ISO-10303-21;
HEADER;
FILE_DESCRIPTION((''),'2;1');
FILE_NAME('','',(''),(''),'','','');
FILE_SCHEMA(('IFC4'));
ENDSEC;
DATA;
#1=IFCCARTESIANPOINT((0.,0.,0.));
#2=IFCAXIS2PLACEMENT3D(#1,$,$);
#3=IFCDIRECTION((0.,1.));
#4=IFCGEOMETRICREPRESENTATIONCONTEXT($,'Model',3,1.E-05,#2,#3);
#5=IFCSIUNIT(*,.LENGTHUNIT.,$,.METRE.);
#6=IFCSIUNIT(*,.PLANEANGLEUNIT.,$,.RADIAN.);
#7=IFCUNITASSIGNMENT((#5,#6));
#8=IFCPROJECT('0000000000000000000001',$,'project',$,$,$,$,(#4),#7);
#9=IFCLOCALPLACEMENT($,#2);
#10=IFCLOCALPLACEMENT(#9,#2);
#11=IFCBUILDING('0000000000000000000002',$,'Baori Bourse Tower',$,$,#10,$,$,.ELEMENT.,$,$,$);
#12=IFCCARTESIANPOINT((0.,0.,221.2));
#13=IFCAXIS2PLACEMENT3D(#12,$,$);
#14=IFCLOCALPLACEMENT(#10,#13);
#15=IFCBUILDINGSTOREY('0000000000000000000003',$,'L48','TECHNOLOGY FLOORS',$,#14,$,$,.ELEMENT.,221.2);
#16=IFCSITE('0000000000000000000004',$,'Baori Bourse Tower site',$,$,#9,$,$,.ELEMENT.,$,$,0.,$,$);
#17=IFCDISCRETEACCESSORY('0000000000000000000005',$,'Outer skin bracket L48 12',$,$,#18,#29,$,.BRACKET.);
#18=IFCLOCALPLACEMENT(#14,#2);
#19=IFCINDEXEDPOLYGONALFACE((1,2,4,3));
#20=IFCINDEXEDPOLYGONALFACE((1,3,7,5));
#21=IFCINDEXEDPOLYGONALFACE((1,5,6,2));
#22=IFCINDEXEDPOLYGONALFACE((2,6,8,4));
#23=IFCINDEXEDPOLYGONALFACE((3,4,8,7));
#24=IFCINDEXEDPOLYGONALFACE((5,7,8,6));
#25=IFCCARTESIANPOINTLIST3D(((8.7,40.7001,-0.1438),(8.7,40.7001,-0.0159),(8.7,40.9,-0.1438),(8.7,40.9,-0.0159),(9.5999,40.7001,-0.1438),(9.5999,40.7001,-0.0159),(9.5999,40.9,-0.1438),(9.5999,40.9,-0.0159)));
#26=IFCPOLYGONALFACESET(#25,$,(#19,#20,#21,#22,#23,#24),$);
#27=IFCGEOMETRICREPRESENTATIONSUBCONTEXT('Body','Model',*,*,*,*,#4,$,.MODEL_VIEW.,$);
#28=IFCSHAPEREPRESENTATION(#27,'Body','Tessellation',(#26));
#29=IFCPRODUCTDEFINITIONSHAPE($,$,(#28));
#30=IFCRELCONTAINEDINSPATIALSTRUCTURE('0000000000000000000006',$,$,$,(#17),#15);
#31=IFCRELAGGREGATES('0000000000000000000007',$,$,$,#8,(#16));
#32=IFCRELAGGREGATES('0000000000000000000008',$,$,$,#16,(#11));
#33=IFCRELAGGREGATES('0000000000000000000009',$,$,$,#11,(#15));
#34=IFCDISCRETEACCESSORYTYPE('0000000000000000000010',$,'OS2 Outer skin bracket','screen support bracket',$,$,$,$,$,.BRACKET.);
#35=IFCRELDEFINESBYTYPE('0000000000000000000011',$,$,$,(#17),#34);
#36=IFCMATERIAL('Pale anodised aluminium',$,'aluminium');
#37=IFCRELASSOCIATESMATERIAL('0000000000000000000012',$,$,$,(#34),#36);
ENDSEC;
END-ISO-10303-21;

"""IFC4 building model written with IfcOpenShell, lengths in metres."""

from ifc_helpers import new_model, si_unit, direction, frame, origin, origin_2d, place, context, subcontext, project, spatial, rectangle, extrude, material, type_object, element, save


model = new_model("IFC4")

# Units and contexts
model_context = context("Model", 3, precision=1e-05, world=origin(), true_north=direction((0.0, 1.0)))
body_context = subcontext(model_context, "Body", "Model", "MODEL_VIEW")
ifc_project = project(units=[si_unit("LENGTHUNIT", "METRE"), si_unit("PLANEANGLEUNIT", "RADIAN")], contexts=[model_context])

# Site, building, storey
site_placement = place(None, origin())
site = spatial("IfcSite", under=ifc_project, at=site_placement, Name="Baori Bourse Tower site", CompositionType="ELEMENT", RefElevation=0.0)
building_placement = place(site_placement, origin())
building = spatial("IfcBuilding", under=site, at=building_placement, Name="Baori Bourse Tower", CompositionType="ELEMENT")
storey_placement = place(building_placement, frame((0.0, 0.0, 221.2)))
storey = spatial("IfcBuildingStorey", under=building, at=storey_placement, Name="L48", Description="TECHNOLOGY FLOORS", CompositionType="ELEMENT", Elevation=221.2)

# Discrete accessory
ifc_material_1 = material(Name="Pale anodised aluminium", Category="aluminium")
discrete_accessory_type = type_object("IfcDiscreteAccessoryType", Name="OS2 Outer skin bracket", Description="screen support bracket", PredefinedType="BRACKET", material=ifc_material_1)
for number, where, z_axis, x_axis, name in (
    (1, (9.1499, 40.8, -0.1438), (0.0, 0.0, 1.0), (0.0, -1.0, 0.0), "Outer skin bracket L48 12"),
):
    element("IfcDiscreteAccessory", number, at=place(storey_placement, frame(where, z_axis=z_axis, x_axis=x_axis)), inside=storey, type_object=discrete_accessory_type, Name=name, PredefinedType="BRACKET", context=body_context, shape_type="SweptSolid", body=[
        extrude(rectangle(XDim=0.2, YDim=0.8999, at=origin_2d()), origin(), (0.0, 0.0, 1.0), 0.1279),
    ])

save(model, "model.ifc")
